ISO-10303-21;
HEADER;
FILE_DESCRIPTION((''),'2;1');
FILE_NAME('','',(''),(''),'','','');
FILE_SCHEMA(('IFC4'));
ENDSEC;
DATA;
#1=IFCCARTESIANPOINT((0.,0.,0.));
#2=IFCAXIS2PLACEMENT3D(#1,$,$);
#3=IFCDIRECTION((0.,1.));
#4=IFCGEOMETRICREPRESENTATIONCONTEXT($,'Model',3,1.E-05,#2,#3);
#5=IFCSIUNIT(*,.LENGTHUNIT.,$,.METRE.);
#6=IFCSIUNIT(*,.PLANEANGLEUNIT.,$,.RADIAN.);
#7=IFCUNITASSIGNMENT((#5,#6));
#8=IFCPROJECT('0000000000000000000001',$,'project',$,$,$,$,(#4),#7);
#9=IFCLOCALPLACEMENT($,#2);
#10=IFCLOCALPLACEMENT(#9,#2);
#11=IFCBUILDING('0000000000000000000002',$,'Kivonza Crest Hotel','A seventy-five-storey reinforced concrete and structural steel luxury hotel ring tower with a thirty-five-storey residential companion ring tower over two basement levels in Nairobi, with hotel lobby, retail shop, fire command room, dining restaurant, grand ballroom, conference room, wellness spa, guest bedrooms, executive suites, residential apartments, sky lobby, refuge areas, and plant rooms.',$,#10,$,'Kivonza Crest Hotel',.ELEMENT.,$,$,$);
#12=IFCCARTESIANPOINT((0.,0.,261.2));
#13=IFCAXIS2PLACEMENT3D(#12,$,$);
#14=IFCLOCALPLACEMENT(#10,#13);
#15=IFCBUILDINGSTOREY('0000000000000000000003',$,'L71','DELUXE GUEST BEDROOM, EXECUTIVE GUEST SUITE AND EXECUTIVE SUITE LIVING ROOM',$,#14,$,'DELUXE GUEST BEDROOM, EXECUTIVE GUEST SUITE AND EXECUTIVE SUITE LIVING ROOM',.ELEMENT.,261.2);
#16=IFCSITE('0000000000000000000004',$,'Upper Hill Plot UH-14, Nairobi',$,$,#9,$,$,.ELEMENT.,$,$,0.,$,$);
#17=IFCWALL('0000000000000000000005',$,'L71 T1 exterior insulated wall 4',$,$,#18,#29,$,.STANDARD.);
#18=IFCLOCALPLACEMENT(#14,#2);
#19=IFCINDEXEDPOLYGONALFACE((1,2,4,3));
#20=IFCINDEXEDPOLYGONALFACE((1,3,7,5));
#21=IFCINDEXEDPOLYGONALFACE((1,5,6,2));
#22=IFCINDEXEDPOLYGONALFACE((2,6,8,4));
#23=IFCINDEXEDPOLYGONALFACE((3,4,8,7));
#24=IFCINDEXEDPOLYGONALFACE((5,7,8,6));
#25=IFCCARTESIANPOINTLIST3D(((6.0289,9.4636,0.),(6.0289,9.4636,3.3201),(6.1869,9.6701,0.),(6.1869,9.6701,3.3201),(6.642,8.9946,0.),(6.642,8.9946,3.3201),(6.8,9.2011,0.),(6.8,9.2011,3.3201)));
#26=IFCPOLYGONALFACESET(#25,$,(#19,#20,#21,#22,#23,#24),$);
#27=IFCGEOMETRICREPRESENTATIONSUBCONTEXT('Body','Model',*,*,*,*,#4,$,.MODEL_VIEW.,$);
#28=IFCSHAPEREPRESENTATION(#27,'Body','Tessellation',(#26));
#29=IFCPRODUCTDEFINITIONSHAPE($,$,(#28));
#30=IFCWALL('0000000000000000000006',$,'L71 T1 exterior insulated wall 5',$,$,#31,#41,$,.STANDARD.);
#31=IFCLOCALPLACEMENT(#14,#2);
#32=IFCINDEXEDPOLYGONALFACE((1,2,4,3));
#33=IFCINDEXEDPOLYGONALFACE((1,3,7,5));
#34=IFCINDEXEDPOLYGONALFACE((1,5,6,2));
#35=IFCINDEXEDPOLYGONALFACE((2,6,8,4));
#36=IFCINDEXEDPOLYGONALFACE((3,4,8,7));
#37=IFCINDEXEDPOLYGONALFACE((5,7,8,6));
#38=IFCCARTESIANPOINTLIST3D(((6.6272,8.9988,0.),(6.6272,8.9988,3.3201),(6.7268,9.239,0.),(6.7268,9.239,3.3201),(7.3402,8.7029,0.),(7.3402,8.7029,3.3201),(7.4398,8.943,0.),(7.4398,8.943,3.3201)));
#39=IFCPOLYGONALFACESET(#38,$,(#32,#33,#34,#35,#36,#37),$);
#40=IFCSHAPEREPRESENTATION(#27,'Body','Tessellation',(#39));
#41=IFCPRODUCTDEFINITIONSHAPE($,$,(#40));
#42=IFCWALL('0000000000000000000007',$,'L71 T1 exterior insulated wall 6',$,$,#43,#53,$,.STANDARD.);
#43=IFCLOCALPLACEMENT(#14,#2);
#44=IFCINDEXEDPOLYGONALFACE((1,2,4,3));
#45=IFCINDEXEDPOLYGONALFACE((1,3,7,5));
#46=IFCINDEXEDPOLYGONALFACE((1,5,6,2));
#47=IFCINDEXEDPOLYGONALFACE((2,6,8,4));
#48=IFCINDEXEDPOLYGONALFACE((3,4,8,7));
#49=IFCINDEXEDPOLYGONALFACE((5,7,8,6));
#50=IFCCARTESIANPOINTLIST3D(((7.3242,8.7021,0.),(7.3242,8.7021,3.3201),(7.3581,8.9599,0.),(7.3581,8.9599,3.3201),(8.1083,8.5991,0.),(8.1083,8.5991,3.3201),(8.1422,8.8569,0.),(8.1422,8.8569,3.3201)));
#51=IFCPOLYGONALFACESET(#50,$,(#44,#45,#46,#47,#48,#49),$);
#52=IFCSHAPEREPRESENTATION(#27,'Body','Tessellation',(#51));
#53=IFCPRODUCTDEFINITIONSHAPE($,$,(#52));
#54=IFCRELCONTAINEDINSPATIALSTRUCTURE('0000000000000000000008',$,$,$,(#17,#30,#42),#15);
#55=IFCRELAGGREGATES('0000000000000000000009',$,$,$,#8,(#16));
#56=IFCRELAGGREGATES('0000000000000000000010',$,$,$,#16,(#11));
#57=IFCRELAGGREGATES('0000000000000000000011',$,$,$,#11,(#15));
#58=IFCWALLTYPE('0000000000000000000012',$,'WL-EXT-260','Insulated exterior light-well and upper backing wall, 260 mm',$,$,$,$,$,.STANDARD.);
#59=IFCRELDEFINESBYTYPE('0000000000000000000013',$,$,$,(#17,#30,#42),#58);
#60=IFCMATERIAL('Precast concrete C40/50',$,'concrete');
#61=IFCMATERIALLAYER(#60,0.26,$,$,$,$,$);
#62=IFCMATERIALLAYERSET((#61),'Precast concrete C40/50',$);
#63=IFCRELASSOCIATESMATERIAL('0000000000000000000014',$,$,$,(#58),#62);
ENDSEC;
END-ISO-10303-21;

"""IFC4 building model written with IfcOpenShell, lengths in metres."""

from ifc_helpers import new_model, si_unit, direction, frame, frame_2d, origin, place, context, subcontext, project, spatial, rectangle, extrude, material, layer, layer_set, type_object, element, save


model = new_model("IFC4")

# Units and contexts
model_context = context("Model", 3, precision=1e-05, world=origin(), true_north=direction((0.0, 1.0)))
body_context = subcontext(model_context, "Body", "Model", "MODEL_VIEW")
ifc_project = project(units=[si_unit("LENGTHUNIT", "METRE"), si_unit("PLANEANGLEUNIT", "RADIAN")], contexts=[model_context])

# Site, building, storey
site_placement = place(None, origin())
site = spatial("IfcSite", under=ifc_project, at=site_placement, Name="Upper Hill Plot UH-14, Nairobi", CompositionType="ELEMENT", RefElevation=0.0)
building_placement = place(site_placement, origin())
building = spatial("IfcBuilding", under=site, at=building_placement, Name="Kivonza Crest Hotel", Description="A seventy-five-storey reinforced concrete and structural steel luxury hotel ring tower with a thirty-five-storey residential companion ring tower over two basement levels in Nairobi, with hotel lobby, retail shop, fire command room, dining restaurant, grand ballroom, conference room, wellness spa, guest bedrooms, executive suites, residential apartments, sky lobby, refuge areas, and plant rooms.", LongName="Kivonza Crest Hotel", CompositionType="ELEMENT")
storey_placement = place(building_placement, frame((0.0, 0.0, 261.2)))
storey = spatial("IfcBuildingStorey", under=building, at=storey_placement, Name="L71", Description="DELUXE GUEST BEDROOM, EXECUTIVE GUEST SUITE AND EXECUTIVE SUITE LIVING ROOM", LongName="DELUXE GUEST BEDROOM, EXECUTIVE GUEST SUITE AND EXECUTIVE SUITE LIVING ROOM", CompositionType="ELEMENT", Elevation=261.2)

# Walls
ifc_material_1 = material(Name="Precast concrete C40/50", Category="concrete")
ifc_layer_1 = layer(ifc_material_1, 0.26)
ifc_layer_set_1 = layer_set([ifc_layer_1], Name="Precast concrete C40/50")
wall_type_1 = type_object("IfcWallType", Name="WL-EXT-260", Description="Insulated exterior light-well and upper backing wall, 260 mm", PredefinedType="STANDARD", material=ifc_layer_set_1)
for number, where, z_axis, x_axis, name in (
    (1, (6.1079, 9.5669, 0.0), (0.0, 0.0, 1.0), (0.794232, -0.607614, 0.0), "L71 T1 exterior insulated wall 4"),
    (2, (6.677, 9.1189, 0.0), (0.0, 0.0, 1.0), (0.9236, -0.383357, 0.0), "L71 T1 exterior insulated wall 5"),
):
    element("IfcWall", number, at=place(storey_placement, frame(where, z_axis=z_axis, x_axis=x_axis)), inside=storey, type_object=wall_type_1, Name=name, PredefinedType="STANDARD", context=body_context, shape_type="SweptSolid", body=[
        extrude(rectangle(XDim=0.772, YDim=0.26, at=frame_2d((0.386, 0.0))), origin(), (0.0, 0.0, 1.0), 3.3201),
    ])
wall_1_placement = place(storey_placement, frame((7.3411, 8.8311, 0.0), z_axis=(0.0, 0.0, 1.0), x_axis=(0.991474, -0.130303, 0.0)))
element("IfcWall", 3, at=wall_1_placement, inside=storey, type_object=wall_type_1, Name="L71 T1 exterior insulated wall 6", PredefinedType="STANDARD", context=body_context, shape_type="SweptSolid", body=[
    extrude(rectangle(XDim=0.7908, YDim=0.26, at=frame_2d((0.3955, 0.0))), origin(), (0.0, 0.0, 1.0), 3.3201),
])

save(model, "model.ifc")
